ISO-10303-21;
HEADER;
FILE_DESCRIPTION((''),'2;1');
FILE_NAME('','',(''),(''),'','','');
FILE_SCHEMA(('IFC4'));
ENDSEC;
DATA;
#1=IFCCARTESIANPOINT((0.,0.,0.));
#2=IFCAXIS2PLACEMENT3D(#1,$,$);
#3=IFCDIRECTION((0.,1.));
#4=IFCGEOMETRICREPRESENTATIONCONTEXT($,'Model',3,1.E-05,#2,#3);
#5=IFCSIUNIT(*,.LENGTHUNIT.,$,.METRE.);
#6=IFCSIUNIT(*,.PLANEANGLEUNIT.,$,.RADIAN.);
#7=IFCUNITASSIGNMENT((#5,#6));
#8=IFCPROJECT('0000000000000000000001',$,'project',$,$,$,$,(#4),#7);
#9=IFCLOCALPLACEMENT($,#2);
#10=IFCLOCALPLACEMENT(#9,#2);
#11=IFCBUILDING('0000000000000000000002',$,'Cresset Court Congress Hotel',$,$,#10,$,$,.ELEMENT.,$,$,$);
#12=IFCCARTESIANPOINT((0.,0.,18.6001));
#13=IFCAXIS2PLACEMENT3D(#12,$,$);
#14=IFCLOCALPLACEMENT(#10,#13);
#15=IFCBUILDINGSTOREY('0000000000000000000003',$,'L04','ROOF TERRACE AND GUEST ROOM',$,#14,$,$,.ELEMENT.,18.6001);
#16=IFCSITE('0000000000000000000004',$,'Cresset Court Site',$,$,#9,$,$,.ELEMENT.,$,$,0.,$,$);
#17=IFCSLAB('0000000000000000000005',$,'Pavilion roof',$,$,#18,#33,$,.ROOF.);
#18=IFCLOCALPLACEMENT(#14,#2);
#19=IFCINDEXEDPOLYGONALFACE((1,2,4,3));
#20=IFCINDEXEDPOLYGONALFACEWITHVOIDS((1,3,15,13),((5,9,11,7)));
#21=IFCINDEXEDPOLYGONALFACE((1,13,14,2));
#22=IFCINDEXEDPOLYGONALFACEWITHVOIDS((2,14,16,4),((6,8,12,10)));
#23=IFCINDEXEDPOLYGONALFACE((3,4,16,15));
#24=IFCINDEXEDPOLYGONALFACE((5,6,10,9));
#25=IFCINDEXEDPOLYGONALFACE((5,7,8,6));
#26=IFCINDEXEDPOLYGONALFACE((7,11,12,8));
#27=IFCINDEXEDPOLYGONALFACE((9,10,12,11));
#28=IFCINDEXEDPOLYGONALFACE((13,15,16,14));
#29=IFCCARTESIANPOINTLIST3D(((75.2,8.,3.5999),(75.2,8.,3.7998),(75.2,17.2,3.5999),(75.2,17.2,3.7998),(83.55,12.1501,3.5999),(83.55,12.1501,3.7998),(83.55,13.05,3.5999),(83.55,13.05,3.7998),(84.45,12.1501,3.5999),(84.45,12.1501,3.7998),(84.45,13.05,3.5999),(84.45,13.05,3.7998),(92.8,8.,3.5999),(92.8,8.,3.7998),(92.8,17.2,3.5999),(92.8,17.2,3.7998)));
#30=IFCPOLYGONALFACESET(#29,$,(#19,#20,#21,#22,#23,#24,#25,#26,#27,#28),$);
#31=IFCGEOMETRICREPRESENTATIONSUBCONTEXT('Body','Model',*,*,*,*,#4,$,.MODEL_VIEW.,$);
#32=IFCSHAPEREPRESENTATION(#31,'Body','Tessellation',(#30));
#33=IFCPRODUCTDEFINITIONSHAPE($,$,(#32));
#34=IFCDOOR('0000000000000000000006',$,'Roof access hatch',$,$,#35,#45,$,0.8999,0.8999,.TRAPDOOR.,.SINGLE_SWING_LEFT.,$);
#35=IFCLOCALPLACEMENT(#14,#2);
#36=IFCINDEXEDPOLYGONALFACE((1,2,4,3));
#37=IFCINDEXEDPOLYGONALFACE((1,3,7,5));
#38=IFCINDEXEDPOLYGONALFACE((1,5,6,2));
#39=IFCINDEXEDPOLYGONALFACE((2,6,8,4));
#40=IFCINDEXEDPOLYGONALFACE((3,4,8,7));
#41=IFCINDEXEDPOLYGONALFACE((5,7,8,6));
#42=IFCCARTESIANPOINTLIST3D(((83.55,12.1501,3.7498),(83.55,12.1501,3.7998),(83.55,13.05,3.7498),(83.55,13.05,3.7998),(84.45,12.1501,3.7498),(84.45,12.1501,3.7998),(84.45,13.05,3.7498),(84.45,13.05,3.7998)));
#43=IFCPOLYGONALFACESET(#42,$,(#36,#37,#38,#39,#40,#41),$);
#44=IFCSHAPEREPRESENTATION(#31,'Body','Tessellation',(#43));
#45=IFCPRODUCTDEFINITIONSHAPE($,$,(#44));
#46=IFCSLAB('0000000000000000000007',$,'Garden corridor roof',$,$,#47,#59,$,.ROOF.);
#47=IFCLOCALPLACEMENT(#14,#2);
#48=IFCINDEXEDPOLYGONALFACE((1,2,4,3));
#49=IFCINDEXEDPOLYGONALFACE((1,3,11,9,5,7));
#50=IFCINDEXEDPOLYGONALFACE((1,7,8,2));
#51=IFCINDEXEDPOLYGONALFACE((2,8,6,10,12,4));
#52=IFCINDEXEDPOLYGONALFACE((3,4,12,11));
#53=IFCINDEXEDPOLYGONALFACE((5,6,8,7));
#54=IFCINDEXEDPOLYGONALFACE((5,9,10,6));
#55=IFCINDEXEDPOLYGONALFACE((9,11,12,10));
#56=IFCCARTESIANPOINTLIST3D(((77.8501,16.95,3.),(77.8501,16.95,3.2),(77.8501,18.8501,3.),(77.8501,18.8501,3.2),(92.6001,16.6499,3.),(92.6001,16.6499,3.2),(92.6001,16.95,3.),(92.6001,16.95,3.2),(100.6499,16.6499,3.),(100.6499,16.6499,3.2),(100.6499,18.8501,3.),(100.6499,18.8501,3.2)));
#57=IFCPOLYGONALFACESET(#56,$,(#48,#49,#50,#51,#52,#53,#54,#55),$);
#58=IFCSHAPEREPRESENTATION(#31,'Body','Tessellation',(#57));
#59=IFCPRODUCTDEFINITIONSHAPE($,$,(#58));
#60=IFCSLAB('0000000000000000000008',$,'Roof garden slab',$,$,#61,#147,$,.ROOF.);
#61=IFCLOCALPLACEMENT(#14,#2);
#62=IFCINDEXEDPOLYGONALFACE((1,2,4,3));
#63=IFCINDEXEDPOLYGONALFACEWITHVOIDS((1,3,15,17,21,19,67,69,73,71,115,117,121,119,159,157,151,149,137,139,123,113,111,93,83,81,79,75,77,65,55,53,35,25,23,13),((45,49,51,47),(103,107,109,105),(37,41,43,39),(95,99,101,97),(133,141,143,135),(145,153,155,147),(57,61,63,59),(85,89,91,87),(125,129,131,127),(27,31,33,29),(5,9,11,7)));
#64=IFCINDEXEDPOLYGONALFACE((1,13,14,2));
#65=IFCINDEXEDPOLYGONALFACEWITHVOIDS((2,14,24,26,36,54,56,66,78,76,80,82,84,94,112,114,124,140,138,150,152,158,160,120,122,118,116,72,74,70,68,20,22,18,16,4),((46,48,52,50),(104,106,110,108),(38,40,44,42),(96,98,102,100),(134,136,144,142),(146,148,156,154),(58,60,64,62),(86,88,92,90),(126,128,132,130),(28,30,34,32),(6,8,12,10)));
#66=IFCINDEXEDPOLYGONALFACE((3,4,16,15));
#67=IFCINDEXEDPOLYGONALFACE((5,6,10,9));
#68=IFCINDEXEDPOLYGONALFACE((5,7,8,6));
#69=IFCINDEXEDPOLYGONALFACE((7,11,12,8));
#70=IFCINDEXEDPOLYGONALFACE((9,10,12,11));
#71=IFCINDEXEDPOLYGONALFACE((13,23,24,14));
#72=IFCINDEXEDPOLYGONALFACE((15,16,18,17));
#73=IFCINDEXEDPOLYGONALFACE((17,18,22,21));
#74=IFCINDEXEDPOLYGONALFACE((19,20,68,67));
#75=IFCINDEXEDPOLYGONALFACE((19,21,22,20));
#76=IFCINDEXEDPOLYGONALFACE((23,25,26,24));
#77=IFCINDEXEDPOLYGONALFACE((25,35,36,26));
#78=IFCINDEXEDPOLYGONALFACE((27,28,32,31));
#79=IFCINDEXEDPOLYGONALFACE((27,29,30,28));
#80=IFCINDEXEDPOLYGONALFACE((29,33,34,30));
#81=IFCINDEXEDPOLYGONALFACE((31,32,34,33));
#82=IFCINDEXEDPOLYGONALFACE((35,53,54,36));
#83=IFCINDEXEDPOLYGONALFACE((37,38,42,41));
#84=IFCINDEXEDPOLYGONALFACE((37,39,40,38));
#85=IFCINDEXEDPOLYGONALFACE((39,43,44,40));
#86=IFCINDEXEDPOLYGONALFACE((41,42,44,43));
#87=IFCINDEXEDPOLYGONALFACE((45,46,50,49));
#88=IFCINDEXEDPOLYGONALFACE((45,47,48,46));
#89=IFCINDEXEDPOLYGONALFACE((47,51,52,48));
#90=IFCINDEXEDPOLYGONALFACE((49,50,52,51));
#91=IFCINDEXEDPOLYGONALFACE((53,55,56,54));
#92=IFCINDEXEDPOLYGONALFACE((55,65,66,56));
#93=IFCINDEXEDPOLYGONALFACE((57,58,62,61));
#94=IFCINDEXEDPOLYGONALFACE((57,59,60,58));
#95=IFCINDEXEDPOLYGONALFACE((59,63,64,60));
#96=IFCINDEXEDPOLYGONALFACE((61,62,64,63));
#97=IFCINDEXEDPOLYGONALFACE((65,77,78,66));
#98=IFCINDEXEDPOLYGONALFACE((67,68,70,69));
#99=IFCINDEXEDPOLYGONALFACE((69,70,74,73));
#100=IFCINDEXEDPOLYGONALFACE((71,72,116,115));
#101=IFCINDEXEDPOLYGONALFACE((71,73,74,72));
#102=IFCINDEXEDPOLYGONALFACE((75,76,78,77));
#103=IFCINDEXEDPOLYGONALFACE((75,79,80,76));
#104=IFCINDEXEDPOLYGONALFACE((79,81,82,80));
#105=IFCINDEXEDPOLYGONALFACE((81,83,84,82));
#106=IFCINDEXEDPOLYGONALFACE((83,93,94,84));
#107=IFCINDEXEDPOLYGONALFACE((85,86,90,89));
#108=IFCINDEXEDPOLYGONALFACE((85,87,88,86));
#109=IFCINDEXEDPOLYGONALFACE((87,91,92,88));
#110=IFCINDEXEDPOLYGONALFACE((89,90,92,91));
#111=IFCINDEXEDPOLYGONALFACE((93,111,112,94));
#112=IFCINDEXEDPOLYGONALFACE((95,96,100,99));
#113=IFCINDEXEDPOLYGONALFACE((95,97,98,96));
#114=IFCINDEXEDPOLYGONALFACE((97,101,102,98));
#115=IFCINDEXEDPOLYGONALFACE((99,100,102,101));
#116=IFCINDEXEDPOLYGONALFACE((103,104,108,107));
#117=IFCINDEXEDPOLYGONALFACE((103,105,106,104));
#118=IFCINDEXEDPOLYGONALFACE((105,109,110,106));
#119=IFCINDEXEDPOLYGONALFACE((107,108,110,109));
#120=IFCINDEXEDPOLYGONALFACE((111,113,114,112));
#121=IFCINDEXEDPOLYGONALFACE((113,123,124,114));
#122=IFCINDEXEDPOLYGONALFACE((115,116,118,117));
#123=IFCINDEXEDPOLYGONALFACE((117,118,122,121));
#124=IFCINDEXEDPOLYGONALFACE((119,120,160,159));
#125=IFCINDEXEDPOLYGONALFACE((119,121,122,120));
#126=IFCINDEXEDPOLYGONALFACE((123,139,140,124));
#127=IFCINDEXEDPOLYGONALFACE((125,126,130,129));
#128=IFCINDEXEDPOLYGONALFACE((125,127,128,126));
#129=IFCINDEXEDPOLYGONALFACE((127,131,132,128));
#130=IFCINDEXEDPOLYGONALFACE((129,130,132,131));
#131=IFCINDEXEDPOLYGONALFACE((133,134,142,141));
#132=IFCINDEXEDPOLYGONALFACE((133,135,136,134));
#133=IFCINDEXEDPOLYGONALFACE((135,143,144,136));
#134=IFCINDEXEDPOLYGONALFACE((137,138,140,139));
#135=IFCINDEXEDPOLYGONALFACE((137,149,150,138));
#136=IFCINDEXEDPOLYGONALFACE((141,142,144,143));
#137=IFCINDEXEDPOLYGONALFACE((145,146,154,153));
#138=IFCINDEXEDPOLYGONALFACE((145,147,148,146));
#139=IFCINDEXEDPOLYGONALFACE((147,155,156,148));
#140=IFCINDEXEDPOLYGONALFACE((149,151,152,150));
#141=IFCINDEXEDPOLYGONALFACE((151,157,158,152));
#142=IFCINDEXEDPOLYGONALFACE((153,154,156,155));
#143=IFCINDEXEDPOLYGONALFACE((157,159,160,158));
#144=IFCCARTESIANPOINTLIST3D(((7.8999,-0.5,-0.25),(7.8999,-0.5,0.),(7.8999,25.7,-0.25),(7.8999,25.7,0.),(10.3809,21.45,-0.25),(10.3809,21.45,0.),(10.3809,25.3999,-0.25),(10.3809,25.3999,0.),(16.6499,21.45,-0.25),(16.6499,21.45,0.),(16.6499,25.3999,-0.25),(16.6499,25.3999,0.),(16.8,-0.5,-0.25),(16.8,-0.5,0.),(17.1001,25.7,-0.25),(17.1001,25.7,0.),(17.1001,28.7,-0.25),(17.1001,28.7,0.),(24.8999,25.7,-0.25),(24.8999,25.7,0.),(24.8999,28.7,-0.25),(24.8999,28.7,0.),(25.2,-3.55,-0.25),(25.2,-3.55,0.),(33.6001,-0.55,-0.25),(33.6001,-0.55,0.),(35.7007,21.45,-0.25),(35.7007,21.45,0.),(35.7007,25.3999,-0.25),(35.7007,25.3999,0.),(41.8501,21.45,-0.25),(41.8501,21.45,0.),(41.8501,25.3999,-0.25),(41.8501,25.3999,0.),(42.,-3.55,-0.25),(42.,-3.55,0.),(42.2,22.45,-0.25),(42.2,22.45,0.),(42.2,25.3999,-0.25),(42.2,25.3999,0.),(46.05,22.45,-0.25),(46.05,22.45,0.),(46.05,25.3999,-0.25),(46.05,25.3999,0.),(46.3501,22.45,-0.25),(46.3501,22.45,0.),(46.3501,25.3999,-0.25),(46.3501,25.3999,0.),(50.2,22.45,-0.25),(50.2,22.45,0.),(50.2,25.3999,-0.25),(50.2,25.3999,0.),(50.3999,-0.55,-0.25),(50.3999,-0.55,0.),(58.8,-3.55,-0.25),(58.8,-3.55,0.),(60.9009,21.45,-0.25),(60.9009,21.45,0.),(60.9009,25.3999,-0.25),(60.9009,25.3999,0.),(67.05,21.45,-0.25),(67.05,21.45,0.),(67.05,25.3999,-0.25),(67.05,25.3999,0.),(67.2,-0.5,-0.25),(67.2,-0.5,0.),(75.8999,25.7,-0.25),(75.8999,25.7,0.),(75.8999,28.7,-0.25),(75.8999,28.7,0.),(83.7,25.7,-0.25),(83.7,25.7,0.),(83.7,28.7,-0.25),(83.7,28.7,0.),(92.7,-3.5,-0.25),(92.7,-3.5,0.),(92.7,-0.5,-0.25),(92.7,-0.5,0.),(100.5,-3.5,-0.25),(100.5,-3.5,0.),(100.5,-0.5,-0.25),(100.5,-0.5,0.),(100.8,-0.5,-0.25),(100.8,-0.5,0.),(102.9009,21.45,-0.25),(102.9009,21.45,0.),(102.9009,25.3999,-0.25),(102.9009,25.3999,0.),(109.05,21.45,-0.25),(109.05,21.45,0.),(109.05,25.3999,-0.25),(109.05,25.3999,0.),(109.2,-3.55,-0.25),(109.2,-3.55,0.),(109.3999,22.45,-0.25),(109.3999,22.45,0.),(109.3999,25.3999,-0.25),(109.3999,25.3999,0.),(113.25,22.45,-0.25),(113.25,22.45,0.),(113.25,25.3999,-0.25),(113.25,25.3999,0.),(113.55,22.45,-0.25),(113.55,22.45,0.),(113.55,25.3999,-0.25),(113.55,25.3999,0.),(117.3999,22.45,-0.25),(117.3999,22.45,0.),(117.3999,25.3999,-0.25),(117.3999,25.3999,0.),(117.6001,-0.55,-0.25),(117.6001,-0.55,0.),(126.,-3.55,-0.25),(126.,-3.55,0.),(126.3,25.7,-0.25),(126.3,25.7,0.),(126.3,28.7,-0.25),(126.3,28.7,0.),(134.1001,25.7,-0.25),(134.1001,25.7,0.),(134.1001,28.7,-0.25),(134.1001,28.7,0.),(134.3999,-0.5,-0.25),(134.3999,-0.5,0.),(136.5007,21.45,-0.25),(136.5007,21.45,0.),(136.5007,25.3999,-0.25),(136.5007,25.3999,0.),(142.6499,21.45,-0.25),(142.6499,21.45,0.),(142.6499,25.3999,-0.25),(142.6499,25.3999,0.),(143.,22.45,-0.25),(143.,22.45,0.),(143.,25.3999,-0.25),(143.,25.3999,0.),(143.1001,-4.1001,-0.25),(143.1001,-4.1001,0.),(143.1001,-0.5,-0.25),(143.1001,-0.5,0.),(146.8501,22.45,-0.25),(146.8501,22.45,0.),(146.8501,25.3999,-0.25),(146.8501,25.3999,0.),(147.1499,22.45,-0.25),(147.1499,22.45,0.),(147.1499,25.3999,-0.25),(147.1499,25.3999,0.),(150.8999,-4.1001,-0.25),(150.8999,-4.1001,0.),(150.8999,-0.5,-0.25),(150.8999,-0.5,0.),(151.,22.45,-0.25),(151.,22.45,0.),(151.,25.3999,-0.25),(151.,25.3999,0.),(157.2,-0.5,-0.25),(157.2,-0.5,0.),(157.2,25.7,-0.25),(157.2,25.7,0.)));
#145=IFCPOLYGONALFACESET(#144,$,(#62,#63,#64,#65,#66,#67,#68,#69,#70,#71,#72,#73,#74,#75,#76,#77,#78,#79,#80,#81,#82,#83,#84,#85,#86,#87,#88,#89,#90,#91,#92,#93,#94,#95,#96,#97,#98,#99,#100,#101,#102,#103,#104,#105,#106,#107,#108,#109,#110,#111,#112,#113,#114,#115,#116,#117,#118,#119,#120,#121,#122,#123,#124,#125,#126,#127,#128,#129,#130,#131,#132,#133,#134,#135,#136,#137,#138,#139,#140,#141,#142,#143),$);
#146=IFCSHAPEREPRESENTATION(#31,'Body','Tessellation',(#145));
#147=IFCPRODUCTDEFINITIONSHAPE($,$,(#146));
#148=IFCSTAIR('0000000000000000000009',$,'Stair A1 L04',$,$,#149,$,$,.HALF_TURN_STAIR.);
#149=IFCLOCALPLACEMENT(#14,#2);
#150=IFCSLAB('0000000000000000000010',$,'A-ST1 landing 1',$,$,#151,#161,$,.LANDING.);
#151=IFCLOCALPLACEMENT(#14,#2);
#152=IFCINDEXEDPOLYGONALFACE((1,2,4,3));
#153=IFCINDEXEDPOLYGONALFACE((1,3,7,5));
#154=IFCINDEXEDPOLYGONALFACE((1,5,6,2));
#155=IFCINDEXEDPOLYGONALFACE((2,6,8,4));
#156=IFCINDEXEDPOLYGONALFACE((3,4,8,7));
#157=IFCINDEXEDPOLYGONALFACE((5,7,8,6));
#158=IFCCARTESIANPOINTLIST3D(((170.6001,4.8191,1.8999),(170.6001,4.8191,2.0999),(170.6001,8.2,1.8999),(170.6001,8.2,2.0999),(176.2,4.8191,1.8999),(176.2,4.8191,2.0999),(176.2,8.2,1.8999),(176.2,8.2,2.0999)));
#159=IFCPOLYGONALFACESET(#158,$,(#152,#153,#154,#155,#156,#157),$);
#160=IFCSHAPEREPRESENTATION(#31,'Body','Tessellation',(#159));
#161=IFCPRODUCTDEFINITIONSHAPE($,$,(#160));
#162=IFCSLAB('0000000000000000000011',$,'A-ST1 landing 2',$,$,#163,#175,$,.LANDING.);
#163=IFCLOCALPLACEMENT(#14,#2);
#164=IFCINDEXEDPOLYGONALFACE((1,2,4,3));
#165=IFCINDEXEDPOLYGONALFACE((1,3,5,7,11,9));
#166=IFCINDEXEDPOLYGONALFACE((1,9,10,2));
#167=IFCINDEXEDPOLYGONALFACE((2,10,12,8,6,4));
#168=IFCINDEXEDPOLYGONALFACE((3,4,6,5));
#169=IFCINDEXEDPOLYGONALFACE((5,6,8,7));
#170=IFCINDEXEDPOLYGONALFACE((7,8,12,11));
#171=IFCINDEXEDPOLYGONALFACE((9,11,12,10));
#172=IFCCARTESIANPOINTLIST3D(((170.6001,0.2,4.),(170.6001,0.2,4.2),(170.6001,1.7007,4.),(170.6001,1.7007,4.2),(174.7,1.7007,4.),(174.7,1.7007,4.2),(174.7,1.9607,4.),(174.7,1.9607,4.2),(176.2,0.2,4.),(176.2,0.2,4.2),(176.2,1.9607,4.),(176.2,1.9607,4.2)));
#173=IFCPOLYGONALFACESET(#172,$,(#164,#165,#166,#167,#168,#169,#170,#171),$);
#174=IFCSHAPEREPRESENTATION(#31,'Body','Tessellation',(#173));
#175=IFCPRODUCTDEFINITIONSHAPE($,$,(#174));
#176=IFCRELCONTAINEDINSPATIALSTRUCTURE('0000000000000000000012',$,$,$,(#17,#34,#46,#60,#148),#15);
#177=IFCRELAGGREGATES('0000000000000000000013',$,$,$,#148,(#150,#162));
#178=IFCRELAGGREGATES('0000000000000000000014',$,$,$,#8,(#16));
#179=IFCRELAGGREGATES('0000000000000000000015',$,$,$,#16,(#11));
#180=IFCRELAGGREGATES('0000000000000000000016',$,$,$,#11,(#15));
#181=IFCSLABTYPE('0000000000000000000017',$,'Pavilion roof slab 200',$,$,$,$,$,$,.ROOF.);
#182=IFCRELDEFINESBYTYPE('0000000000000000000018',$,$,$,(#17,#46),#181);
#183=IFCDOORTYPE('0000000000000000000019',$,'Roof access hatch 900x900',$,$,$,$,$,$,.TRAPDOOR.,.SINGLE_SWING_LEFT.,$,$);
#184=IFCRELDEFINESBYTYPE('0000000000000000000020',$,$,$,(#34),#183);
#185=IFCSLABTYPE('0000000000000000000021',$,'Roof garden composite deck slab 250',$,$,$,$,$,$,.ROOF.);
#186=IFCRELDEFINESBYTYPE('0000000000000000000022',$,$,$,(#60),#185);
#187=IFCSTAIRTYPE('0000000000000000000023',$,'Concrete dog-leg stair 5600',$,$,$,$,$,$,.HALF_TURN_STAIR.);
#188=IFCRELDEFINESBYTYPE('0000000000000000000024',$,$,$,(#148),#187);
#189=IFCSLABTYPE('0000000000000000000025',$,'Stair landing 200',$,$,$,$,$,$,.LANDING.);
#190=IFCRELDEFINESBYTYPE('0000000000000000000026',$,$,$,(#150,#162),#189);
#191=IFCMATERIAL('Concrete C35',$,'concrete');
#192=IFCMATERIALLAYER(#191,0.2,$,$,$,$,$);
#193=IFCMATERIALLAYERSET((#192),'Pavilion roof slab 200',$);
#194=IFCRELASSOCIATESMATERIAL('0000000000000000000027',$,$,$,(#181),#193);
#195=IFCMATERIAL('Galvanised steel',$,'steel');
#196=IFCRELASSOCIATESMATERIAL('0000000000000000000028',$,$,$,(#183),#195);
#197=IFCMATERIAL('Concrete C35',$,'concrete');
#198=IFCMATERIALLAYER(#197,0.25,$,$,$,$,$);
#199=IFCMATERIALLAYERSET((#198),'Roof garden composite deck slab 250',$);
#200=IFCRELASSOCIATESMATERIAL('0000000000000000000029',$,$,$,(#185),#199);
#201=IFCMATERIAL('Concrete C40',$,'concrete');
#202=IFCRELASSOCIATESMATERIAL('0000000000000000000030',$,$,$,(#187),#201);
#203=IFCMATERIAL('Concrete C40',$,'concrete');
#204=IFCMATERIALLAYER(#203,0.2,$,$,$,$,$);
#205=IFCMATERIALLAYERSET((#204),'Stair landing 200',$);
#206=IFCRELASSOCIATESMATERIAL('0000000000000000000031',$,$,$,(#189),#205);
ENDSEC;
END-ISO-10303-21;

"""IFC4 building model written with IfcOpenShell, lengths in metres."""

from ifc_helpers import new_model, si_unit, direction, frame, origin, origin_2d, place, context, subcontext, project, spatial, polyline, rectangle, outline, extrude, material, layer, layer_set, type_object, element, fill, aggregate, save


model = new_model("IFC4")

# Units and contexts
model_context = context("Model", 3, precision=1e-05, world=origin(), true_north=direction((0.0, 1.0)))
body_context = subcontext(model_context, "Body", "Model", "MODEL_VIEW")
ifc_project = project(units=[si_unit("LENGTHUNIT", "METRE"), si_unit("PLANEANGLEUNIT", "RADIAN")], contexts=[model_context])

# Site, building, storey
site_placement = place(None, origin())
site = spatial("IfcSite", under=ifc_project, at=site_placement, Name="Cresset Court Site", CompositionType="ELEMENT", RefElevation=0.0)
building_placement = place(site_placement, origin())
building = spatial("IfcBuilding", under=site, at=building_placement, Name="Cresset Court Congress Hotel", CompositionType="ELEMENT")
storey_placement = place(building_placement, frame((0.0, 0.0, 18.6001)))
storey = spatial("IfcBuildingStorey", under=building, at=storey_placement, Name="L04", Description="ROOF TERRACE AND GUEST ROOM", CompositionType="ELEMENT", Elevation=18.6001)

# Slab, opening, door
ifc_material_1 = material(Name="Concrete C35", Category="concrete")
ifc_layer_1 = layer(ifc_material_1, 0.2)
ifc_layer_set_1 = layer_set([ifc_layer_1], Name="Pavilion roof slab 200")
slab_type_1 = type_object("IfcSlabType", Name="Pavilion roof slab 200", PredefinedType="ROOF", material=ifc_layer_set_1)
slab_1_placement = place(storey_placement, frame((0.0, 0.0, 3.5999)))
slab_1 = element("IfcSlab", 1, at=slab_1_placement, inside=storey, type_object=slab_type_1, Name="Pavilion roof", PredefinedType="ROOF", context=body_context, shape_type="SweptSolid", body=[
    extrude(outline(polyline([(75.2, 8.0), (92.8, 8.0), (92.8, 17.2), (75.2, 17.2), (75.2, 8.0)])), origin(), (0.0, 0.0, 1.0), 0.2),
])
opening_placement = place(slab_1_placement, frame((84.0, 12.6001, 0.0)))
opening = element("IfcOpeningElement", 2, at=opening_placement, cuts=slab_1, PredefinedType="OPENING", context=body_context, shape_type="SweptSolid", body=[
    extrude(rectangle(XDim=0.8999, YDim=0.8999, at=origin_2d()), origin(), (0.0, 0.0, 1.0), 0.2),
])
ifc_material_2 = material(Name="Galvanised steel", Category="steel")
door_type = type_object("IfcDoorType", Name="Roof access hatch 900x900", OperationType="SINGLE_SWING_LEFT", PredefinedType="TRAPDOOR", material=ifc_material_2)
door_placement = place(opening_placement, frame((0.0, 0.0, 0.1499)))
door = element("IfcDoor", 3, at=door_placement, inside=storey, type_object=door_type, Name="Roof access hatch", OperationType="SINGLE_SWING_LEFT", OverallHeight=0.8999, OverallWidth=0.8999, PredefinedType="TRAPDOOR", context=body_context, shape_type="SweptSolid", body=[
    extrude(rectangle(XDim=0.8999, YDim=0.8999, at=origin_2d()), origin(), (0.0, 0.0, 1.0), 0.05),
])
fill(opening, door)

# Slabs
slab_2_placement = place(storey_placement, frame((0.0, 0.0, 3.0)))
element("IfcSlab", 4, at=slab_2_placement, inside=storey, type_object=slab_type_1, Name="Garden corridor roof", PredefinedType="ROOF", context=body_context, shape_type="SweptSolid", body=[
    extrude(outline(polyline([(77.8501, 16.95), (92.6001, 16.95), (92.6001, 16.6499), (100.6499, 16.6499), (100.6499, 18.8501), (77.8501, 18.8501), (77.8501, 16.95)])), origin(), (0.0, 0.0, 1.0), 0.2),
])
ifc_material_3 = material(Name="Concrete C35", Category="concrete")
ifc_layer_2 = layer(ifc_material_3, 0.25)
ifc_layer_set_2 = layer_set([ifc_layer_2], Name="Roof garden composite deck slab 250")
slab_type_2 = type_object("IfcSlabType", Name="Roof garden composite deck slab 250", PredefinedType="ROOF", material=ifc_layer_set_2)
slab_3_placement = place(storey_placement, frame((0.0, 0.0, -0.25)))
element("IfcSlab", 5, at=slab_3_placement, inside=storey, type_object=slab_type_2, Name="Roof garden slab", PredefinedType="ROOF", context=body_context, shape_type="SweptSolid", body=[
    extrude(outline(polyline([(150.8999, -4.1001), (143.1001, -4.1001), (143.1001, -0.5), (134.3999, -0.5), (126.0, -3.55), (117.6001, -0.55), (109.2, -3.55), (100.8, -0.5), (100.5, -0.5), (100.5, -3.5), (92.7, -3.5), (92.7, -0.5), (67.2, -0.5), (58.8, -3.55), (50.3999, -0.55), (42.0, -3.55), (33.6001, -0.55), (25.2, -3.55), (16.8, -0.5), (7.8999, -0.5), (7.8999, 25.7), (17.1001, 25.7), (17.1001, 28.7), (24.8999, 28.7), (24.8999, 25.7), (75.8999, 25.7), (75.8999, 28.7), (83.7, 28.7), (83.7, 25.7), (126.3, 25.7), (126.3, 28.7), (134.1001, 28.7), (134.1001, 25.7), (157.2, 25.7), (157.2, -0.5), (150.8999, -0.5), (150.8999, -4.1001)]), holes=[polyline([(10.3809, 21.45), (16.6499, 21.45), (16.6499, 25.3999), (10.3809, 25.3999), (10.3809, 21.45)]), polyline([(35.7007, 21.45), (41.8501, 21.45), (41.8501, 25.3999), (35.7007, 25.3999), (35.7007, 21.45)]), polyline([(60.9009, 21.45), (67.05, 21.45), (67.05, 25.3999), (60.9009, 25.3999), (60.9009, 21.45)]), polyline([(102.9009, 21.45), (109.05, 21.45), (109.05, 25.3999), (102.9009, 25.3999), (102.9009, 21.45)]), polyline([(136.5007, 21.45), (142.6499, 21.45), (142.6499, 25.3999), (136.5007, 25.3999), (136.5007, 21.45)]), polyline([(42.2, 22.45), (46.05, 22.45), (46.05, 25.3999), (42.2, 25.3999), (42.2, 22.45)]), polyline([(46.3501, 22.45), (50.2, 22.45), (50.2, 25.3999), (46.3501, 25.3999), (46.3501, 22.45)]), polyline([(109.3999, 22.45), (113.25, 22.45), (113.25, 25.3999), (109.3999, 25.3999), (109.3999, 22.45)]), polyline([(113.55, 22.45), (117.3999, 22.45), (117.3999, 25.3999), (113.55, 25.3999), (113.55, 22.45)]), polyline([(143.0, 22.45), (146.8501, 22.45), (146.8501, 25.3999), (143.0, 25.3999), (143.0, 22.45)]), polyline([(147.1499, 22.45), (151.0, 22.45), (151.0, 25.3999), (147.1499, 25.3999), (147.1499, 22.45)])]), origin(), (0.0, 0.0, 1.0), 0.25),
])

# Stair, slabs
ifc_material_4 = material(Name="Concrete C40", Category="concrete")
stair_type = type_object("IfcStairType", Name="Concrete dog-leg stair 5600", PredefinedType="HALF_TURN_STAIR", material=ifc_material_4)
stair_1_placement = place(storey_placement, origin())
stair_1 = element("IfcStair", 6, at=stair_1_placement, inside=storey, type_object=stair_type, Name="Stair A1 L04", PredefinedType="HALF_TURN_STAIR")
ifc_material_5 = material(Name="Concrete C40", Category="concrete")
ifc_layer_3 = layer(ifc_material_5, 0.2)
ifc_layer_set_3 = layer_set([ifc_layer_3], Name="Stair landing 200")
slab_type_3 = type_object("IfcSlabType", Name="Stair landing 200", PredefinedType="LANDING", material=ifc_layer_set_3)
slab_4_placement = place(storey_placement, frame((0.0, 0.0, 1.8999)))
slab_4 = element("IfcSlab", 7, at=slab_4_placement, type_object=slab_type_3, Name="A-ST1 landing 1", PredefinedType="LANDING", context=body_context, shape_type="SweptSolid", body=[
    extrude(outline(polyline([(170.6001, 4.8191), (176.2, 4.8191), (176.2, 8.2), (170.6001, 8.2), (170.6001, 4.8191)])), origin(), (0.0, 0.0, 1.0), 0.2),
])
slab_5_placement = place(storey_placement, frame((0.0, 0.0, 4.0)))
slab_5 = element("IfcSlab", 8, at=slab_5_placement, type_object=slab_type_3, Name="A-ST1 landing 2", PredefinedType="LANDING", context=body_context, shape_type="SweptSolid", body=[
    extrude(outline(polyline([(170.6001, 0.2), (176.2, 0.2), (176.2, 1.9607), (174.7, 1.9607), (174.7, 1.7007), (170.6001, 1.7007), (170.6001, 0.2)])), origin(), (0.0, 0.0, 1.0), 0.2),
])
aggregate(stair_1, [slab_4, slab_5])

save(model, "model.ifc")
